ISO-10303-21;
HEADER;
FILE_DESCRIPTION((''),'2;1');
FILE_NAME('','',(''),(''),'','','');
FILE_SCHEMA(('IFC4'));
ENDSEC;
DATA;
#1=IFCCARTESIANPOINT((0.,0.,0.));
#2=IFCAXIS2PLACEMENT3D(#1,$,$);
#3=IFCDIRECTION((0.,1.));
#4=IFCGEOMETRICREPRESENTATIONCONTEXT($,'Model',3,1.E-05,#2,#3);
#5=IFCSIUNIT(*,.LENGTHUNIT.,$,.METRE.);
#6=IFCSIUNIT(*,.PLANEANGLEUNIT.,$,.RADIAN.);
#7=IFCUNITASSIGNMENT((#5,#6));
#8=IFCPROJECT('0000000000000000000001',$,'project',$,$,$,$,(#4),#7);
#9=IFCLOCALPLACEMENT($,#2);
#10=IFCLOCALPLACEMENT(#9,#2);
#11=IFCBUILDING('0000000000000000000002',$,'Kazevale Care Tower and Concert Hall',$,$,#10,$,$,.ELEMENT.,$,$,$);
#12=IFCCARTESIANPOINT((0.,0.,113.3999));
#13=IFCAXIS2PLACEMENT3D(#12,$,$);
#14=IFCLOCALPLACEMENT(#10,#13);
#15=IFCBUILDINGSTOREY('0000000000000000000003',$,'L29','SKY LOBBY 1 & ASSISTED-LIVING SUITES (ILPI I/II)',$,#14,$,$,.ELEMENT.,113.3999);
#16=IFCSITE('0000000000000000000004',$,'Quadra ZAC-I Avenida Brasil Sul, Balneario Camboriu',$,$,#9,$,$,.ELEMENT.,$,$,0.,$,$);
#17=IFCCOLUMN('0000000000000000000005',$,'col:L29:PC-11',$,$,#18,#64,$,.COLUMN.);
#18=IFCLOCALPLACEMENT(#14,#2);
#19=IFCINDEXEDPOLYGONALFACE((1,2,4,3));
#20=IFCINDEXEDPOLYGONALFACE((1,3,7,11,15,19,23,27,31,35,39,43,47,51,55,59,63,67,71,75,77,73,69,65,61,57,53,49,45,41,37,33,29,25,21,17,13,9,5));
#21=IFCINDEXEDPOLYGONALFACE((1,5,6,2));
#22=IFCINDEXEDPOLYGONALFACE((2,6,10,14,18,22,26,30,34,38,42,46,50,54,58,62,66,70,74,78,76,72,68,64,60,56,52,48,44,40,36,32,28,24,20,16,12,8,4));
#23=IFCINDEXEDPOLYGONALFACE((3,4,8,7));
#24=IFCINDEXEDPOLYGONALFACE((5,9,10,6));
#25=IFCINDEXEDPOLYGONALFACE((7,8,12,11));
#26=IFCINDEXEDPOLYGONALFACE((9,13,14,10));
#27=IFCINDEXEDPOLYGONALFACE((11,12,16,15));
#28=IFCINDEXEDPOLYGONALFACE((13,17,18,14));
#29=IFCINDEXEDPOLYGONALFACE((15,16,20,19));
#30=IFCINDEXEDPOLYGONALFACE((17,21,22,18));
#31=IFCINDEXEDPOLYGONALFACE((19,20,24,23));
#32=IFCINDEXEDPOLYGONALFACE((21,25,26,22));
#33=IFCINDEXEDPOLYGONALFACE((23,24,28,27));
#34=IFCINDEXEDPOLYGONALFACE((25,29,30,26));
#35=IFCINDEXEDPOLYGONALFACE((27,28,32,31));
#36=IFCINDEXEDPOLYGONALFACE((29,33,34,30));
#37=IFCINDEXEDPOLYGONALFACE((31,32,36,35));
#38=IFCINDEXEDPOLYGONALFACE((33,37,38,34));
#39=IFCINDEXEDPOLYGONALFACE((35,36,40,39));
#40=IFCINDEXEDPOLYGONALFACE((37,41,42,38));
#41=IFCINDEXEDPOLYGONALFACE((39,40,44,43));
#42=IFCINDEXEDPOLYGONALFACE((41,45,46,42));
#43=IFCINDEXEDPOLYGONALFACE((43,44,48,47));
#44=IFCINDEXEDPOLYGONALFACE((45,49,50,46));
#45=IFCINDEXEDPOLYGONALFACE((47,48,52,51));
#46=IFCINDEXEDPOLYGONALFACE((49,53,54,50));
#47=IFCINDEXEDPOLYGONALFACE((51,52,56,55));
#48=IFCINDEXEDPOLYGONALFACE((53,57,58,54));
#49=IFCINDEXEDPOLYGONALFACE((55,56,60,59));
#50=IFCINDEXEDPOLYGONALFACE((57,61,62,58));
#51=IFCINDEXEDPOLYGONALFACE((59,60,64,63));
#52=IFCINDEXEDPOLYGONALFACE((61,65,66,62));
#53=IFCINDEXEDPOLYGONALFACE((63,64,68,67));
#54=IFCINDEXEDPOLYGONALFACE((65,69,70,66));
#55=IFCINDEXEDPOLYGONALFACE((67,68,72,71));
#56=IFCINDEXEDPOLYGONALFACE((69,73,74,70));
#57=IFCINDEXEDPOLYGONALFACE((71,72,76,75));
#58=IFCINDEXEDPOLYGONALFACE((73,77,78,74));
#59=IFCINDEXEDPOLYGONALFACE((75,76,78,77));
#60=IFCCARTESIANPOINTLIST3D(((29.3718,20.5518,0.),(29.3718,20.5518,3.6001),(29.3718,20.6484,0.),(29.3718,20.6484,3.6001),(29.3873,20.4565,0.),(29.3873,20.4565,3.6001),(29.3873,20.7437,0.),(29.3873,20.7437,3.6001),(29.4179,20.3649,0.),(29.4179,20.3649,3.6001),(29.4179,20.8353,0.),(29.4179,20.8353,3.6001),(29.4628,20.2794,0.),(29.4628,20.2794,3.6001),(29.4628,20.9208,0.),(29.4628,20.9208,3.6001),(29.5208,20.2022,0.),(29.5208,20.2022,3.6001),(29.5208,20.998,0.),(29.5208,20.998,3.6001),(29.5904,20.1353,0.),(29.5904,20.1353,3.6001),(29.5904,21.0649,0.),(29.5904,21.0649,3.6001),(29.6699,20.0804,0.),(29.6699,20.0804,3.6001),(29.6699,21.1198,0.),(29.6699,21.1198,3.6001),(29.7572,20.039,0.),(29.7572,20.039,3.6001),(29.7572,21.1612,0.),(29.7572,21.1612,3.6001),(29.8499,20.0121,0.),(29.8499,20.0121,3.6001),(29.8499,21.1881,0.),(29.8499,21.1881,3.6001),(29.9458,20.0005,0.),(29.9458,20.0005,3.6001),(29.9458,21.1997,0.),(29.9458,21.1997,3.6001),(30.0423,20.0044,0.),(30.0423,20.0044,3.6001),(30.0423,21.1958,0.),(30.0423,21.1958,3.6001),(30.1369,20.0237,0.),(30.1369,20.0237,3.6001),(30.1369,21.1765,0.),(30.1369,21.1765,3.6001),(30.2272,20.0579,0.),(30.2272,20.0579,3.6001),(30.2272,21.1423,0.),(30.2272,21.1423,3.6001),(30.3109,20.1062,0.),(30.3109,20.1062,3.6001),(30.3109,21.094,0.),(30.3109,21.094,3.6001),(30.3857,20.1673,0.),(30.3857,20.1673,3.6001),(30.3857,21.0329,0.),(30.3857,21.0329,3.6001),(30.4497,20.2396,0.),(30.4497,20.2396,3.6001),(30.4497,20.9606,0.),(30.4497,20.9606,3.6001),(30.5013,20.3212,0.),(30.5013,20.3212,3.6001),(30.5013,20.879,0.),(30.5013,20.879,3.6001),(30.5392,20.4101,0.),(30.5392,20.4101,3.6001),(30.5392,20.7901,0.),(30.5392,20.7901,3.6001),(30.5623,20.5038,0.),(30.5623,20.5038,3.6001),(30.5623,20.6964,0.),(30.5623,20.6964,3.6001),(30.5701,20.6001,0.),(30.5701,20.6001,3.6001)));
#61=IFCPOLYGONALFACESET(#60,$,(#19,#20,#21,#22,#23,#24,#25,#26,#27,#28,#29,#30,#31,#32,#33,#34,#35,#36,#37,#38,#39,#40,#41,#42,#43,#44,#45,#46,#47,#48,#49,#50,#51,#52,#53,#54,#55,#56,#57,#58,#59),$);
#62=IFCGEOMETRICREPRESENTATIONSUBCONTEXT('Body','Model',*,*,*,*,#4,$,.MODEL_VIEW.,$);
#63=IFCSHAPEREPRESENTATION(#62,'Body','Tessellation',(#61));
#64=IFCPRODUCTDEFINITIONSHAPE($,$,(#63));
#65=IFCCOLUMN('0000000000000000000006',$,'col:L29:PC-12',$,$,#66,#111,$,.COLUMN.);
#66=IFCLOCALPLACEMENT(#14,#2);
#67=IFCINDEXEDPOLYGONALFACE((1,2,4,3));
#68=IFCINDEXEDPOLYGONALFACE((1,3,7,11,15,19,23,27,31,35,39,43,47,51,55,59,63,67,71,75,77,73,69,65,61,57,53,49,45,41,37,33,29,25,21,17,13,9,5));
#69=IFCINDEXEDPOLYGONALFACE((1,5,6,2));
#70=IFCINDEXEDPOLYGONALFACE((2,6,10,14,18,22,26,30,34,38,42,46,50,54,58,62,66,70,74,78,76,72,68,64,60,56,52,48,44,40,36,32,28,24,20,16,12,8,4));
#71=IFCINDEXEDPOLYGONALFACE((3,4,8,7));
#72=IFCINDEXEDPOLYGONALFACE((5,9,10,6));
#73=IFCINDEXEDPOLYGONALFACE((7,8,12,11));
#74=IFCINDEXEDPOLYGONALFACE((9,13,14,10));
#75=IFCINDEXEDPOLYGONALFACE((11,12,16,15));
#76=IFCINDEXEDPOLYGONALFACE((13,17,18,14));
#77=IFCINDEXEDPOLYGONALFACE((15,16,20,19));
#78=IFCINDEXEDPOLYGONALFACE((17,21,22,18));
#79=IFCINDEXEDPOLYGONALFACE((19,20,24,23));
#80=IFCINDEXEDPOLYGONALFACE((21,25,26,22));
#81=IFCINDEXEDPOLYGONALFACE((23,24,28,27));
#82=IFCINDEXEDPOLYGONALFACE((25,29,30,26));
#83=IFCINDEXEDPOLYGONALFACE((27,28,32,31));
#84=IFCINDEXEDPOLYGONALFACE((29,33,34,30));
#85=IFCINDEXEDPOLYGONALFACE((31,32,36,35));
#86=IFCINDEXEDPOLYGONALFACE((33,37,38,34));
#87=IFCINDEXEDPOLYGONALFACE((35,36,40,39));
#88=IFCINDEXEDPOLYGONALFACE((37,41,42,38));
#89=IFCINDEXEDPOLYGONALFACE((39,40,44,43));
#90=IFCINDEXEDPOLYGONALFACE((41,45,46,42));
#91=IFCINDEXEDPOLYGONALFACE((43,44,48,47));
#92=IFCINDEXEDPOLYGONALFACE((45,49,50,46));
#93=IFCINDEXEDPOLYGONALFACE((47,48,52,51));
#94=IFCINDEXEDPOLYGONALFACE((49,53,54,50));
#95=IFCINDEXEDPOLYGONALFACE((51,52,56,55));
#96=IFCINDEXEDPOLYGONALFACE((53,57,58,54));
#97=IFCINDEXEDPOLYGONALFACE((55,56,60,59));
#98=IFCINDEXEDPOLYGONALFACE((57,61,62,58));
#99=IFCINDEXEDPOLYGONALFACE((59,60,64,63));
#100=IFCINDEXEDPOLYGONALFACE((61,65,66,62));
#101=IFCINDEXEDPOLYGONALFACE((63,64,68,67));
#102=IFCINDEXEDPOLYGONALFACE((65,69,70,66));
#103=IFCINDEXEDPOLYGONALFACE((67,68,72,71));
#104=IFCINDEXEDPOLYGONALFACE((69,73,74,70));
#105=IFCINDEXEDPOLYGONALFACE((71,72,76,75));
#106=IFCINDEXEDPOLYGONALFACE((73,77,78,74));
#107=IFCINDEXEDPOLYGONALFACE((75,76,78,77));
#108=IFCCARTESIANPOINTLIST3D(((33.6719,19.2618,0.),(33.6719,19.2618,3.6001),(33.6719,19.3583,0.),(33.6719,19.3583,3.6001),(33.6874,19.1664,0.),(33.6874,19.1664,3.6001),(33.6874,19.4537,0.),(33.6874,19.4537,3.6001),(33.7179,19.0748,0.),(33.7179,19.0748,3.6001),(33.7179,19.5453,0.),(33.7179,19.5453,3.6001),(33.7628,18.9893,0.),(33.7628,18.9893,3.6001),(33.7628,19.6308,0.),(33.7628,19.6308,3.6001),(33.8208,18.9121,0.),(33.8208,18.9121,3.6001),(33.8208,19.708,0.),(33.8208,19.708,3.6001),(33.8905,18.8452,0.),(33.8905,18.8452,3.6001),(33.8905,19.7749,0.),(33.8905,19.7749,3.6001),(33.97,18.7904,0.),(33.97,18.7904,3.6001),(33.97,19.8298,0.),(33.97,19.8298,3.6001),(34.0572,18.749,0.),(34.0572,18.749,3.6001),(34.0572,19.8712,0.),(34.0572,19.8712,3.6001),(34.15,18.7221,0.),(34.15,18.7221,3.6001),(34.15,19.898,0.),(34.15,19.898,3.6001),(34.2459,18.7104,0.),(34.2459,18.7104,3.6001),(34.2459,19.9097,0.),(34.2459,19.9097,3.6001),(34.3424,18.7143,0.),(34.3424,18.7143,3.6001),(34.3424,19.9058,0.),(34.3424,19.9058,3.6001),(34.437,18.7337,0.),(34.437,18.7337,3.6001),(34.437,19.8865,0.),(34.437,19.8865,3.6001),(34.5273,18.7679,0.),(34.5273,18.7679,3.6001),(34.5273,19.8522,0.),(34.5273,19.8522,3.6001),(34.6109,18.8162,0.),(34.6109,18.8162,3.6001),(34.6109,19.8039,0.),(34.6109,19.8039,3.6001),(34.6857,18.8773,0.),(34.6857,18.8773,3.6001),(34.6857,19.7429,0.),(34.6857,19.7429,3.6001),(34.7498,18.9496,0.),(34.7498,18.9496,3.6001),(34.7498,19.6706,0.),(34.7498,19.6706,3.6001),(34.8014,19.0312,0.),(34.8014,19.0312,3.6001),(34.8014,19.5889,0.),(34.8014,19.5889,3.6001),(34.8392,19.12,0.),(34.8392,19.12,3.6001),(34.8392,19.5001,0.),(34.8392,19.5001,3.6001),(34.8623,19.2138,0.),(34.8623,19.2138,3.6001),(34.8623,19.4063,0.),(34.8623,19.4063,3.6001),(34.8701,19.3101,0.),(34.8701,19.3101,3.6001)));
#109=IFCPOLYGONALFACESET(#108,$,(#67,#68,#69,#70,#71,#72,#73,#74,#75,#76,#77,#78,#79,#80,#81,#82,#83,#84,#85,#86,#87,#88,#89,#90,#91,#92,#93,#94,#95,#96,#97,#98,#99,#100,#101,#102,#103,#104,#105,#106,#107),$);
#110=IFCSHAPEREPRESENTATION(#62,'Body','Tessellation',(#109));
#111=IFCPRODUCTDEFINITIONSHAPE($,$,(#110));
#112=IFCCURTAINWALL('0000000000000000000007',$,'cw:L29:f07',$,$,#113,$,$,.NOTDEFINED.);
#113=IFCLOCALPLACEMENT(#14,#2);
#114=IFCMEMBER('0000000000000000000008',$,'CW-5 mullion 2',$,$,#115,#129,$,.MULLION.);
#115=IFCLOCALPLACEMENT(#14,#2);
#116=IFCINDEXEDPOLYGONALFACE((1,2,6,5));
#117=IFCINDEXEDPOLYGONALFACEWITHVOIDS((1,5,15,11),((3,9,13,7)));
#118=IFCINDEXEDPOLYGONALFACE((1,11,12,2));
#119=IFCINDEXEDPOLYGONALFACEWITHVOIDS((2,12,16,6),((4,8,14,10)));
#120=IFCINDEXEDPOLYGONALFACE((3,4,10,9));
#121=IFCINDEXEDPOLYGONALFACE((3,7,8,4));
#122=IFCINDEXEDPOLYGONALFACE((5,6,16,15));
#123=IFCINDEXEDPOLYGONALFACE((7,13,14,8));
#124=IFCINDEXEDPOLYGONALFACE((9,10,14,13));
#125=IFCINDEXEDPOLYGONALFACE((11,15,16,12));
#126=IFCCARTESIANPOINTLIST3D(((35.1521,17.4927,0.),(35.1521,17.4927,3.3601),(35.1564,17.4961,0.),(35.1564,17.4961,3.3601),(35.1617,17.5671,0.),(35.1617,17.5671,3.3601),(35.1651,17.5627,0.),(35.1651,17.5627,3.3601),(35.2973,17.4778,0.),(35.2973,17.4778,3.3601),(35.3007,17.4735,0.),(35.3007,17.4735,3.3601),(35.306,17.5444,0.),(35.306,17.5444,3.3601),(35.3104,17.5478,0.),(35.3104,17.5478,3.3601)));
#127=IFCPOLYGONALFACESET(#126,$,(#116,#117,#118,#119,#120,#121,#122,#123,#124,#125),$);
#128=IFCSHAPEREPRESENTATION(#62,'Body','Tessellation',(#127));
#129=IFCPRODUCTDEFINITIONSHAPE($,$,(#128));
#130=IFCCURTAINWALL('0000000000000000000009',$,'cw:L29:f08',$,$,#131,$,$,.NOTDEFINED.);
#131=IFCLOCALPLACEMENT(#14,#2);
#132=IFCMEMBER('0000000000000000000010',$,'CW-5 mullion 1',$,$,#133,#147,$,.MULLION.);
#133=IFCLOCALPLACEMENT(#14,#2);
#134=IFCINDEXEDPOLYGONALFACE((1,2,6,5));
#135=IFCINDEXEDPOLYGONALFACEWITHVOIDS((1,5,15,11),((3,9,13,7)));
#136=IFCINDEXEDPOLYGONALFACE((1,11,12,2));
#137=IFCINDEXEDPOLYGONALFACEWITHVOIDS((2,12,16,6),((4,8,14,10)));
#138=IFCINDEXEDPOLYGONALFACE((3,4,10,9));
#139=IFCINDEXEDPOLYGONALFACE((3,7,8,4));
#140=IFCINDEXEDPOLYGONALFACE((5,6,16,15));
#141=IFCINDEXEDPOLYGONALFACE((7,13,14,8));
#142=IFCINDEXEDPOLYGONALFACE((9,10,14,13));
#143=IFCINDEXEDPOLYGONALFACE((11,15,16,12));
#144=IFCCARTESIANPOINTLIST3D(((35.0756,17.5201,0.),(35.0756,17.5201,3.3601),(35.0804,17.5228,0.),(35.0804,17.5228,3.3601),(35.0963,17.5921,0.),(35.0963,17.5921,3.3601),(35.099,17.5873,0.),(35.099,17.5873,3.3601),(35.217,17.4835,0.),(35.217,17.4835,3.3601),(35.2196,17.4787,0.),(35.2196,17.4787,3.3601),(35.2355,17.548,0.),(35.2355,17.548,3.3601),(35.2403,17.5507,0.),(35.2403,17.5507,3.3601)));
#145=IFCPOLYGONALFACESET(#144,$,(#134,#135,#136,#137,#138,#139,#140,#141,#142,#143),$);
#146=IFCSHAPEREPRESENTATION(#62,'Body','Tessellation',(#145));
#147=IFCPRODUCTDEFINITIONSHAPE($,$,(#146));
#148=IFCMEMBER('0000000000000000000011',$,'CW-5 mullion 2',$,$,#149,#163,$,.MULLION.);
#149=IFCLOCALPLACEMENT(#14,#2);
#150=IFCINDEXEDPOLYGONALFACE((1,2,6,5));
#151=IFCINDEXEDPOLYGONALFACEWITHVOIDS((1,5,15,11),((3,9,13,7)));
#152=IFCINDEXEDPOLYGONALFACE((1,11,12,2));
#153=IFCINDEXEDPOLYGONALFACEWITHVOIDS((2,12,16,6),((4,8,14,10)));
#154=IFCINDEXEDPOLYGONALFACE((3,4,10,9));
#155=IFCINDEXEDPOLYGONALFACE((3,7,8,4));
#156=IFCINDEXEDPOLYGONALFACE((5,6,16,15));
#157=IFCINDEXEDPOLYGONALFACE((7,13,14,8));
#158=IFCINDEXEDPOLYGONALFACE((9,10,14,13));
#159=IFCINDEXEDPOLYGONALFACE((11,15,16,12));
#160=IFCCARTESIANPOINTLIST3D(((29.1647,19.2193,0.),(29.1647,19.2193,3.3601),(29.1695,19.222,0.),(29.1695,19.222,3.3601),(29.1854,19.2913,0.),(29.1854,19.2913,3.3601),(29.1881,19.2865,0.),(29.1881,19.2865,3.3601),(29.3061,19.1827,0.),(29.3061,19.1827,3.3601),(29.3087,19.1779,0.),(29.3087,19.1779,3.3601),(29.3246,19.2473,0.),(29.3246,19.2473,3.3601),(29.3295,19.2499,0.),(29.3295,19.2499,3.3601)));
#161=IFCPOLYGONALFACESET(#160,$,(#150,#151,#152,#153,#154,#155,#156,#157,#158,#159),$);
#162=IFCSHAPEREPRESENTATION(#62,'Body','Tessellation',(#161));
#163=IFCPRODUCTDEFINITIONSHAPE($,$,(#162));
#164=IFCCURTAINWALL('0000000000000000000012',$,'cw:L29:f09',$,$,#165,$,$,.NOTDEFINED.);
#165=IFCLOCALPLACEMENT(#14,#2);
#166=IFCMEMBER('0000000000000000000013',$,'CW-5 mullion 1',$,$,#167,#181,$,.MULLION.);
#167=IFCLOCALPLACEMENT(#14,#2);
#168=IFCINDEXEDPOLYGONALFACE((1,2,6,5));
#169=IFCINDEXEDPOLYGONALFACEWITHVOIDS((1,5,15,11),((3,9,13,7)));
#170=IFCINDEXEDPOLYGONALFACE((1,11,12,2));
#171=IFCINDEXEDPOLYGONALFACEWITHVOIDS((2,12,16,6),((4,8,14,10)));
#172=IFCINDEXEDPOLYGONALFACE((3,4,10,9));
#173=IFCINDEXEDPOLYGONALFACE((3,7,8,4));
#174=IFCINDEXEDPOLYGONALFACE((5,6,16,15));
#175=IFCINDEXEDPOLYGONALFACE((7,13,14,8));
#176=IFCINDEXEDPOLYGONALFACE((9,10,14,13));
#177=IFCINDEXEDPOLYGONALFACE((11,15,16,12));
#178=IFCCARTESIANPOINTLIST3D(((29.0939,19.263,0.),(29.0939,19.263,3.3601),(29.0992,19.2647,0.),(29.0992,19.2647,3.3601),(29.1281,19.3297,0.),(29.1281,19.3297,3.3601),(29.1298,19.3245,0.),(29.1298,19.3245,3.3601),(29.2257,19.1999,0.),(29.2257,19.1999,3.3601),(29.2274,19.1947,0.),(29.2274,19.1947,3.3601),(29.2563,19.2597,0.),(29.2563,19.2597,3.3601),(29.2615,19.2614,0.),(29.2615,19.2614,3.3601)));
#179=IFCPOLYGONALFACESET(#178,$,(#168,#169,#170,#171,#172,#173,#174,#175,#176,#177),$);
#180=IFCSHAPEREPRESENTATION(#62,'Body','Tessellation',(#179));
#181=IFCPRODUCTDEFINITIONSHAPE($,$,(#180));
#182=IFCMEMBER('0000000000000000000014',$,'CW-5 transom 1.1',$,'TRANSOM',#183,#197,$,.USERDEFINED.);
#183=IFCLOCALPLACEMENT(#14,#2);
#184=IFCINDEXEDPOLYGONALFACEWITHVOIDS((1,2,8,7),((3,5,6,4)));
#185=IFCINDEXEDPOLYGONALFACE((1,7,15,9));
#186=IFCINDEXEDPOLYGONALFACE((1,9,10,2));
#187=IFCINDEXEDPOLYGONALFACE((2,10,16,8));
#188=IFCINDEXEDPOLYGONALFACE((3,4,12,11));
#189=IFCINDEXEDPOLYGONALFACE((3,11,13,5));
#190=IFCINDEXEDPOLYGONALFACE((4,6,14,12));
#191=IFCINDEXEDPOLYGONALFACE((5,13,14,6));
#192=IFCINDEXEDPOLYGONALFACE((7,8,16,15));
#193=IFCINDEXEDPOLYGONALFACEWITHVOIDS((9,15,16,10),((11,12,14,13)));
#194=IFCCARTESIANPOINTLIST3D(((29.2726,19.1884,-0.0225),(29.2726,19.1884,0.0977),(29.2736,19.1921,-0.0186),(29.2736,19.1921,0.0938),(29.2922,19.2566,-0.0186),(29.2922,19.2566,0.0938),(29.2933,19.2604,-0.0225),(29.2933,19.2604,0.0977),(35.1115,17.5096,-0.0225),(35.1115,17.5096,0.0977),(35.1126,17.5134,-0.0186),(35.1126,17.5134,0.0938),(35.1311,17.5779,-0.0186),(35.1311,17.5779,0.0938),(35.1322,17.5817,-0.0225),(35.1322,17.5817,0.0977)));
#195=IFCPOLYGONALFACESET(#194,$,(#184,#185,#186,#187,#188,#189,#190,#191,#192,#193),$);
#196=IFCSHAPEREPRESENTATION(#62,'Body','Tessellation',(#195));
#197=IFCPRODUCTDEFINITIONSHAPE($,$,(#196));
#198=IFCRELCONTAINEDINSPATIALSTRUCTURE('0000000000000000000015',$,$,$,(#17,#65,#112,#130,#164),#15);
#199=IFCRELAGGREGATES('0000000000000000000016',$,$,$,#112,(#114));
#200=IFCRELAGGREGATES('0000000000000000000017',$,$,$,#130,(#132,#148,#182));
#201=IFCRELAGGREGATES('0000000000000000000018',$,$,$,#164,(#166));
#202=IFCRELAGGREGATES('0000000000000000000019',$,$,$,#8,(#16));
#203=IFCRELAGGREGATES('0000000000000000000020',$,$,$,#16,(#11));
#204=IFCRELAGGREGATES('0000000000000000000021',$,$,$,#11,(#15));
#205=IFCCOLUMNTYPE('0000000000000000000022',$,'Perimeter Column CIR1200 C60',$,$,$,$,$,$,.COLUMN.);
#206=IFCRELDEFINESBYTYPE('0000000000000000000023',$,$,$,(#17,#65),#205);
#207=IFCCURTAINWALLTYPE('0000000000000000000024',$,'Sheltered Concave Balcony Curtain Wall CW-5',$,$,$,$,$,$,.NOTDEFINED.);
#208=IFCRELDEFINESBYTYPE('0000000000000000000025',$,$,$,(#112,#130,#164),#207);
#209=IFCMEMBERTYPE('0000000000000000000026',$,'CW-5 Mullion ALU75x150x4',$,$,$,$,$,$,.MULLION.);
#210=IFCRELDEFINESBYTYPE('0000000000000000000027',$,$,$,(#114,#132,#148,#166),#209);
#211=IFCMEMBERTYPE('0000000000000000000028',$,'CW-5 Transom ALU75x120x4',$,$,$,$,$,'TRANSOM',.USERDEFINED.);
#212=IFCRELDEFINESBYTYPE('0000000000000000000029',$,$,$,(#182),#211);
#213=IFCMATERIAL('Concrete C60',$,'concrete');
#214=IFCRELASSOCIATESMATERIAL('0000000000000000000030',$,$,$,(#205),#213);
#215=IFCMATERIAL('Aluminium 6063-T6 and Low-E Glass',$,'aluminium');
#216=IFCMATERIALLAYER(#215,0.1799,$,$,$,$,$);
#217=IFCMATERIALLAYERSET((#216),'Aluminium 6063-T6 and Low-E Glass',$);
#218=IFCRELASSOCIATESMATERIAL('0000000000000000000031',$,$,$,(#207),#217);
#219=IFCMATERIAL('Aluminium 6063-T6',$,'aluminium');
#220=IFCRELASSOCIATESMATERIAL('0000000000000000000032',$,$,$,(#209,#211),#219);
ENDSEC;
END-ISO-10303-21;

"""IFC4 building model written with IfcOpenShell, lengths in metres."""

from ifc_helpers import new_model, si_unit, direction, frame, origin, origin_2d, place, context, subcontext, project, spatial, hollow_rectangle, circle, extrude, material, layer, layer_set, material_profile, profile_set, type_object, element, aggregate, save


model = new_model("IFC4")

# Units and contexts
model_context = context("Model", 3, precision=1e-05, world=origin(), true_north=direction((0.0, 1.0)))
body_context = subcontext(model_context, "Body", "Model", "MODEL_VIEW")
ifc_project = project(units=[si_unit("LENGTHUNIT", "METRE"), si_unit("PLANEANGLEUNIT", "RADIAN")], contexts=[model_context])

# Site, building, storey
site_placement = place(None, origin())
site = spatial("IfcSite", under=ifc_project, at=site_placement, Name="Quadra ZAC-I Avenida Brasil Sul, Balneario Camboriu", CompositionType="ELEMENT", RefElevation=0.0)
building_placement = place(site_placement, origin())
building = spatial("IfcBuilding", under=site, at=building_placement, Name="Kazevale Care Tower and Concert Hall", CompositionType="ELEMENT")
storey_placement = place(building_placement, frame((0.0, 0.0, 113.3999)))
storey = spatial("IfcBuildingStorey", under=building, at=storey_placement, Name="L29", Description="SKY LOBBY 1 & ASSISTED-LIVING SUITES (ILPI I/II)", CompositionType="ELEMENT", Elevation=113.3999)

# Columns
ifc_material_1 = material(Name="Concrete C60", Category="concrete")
ifc_material_profile_1 = material_profile(ifc_material_1, circle(Radius=0.6001, at=origin_2d()), Name="RC-CIR1200")
ifc_profile_set_1 = profile_set([ifc_material_profile_1], Name="Concrete C60")
column_type = type_object("IfcColumnType", Name="Perimeter Column CIR1200 C60", PredefinedType="COLUMN", material=ifc_profile_set_1)
for number, where, z_axis, x_axis, name in (
    (1, (29.97, 20.6001, 0.0), (0.0, 0.0, 1.0), (1.0, 0.0, 0.0), "col:L29:PC-11"),
    (2, (34.27, 19.3101, 0.0), (0.0, 0.0, 1.0), (1.0, 0.0, 0.0), "col:L29:PC-12"),
):
    element("IfcColumn", number, at=place(storey_placement, frame(where, z_axis=z_axis, x_axis=x_axis)), inside=storey, type_object=column_type, Name=name, PredefinedType="COLUMN", context=body_context, shape_type="SweptSolid", body=[
        extrude(circle(Radius=0.6001, at=origin_2d()), origin(), (0.0, 0.0, 1.0), 3.6001),
    ])

# Curtain wall, member
ifc_material_2 = material(Name="Aluminium 6063-T6 and Low-E Glass", Category="aluminium")
ifc_layer_1 = layer(ifc_material_2, 0.1799)
ifc_layer_set_1 = layer_set([ifc_layer_1], Name="Aluminium 6063-T6 and Low-E Glass")
curtain_wall_type = type_object("IfcCurtainWallType", Name="Sheltered Concave Balcony Curtain Wall CW-5", PredefinedType="NOTDEFINED", material=ifc_layer_set_1)
curtain_wall_1_placement = place(storey_placement, origin())
curtain_wall_1 = element("IfcCurtainWall", 3, at=curtain_wall_1_placement, inside=storey, type_object=curtain_wall_type, Name="cw:L29:f07", PredefinedType="NOTDEFINED")
ifc_material_3 = material(Name="Aluminium 6063-T6", Category="aluminium")
ifc_material_profile_2 = material_profile(ifc_material_3, hollow_rectangle(XDim=0.075, YDim=0.1499, WallThickness=0.0039, at=origin_2d()), Name="ALU75x150x4")
ifc_profile_set_2 = profile_set([ifc_material_profile_2], Name="Aluminium 6063-T6")
member_type_1 = type_object("IfcMemberType", Name="CW-5 Mullion ALU75x150x4", PredefinedType="MULLION", material=ifc_profile_set_2)
member_1_placement = place(storey_placement, frame((35.2312, 17.5203, 0.0), z_axis=(0.0, 0.0, 1.0), x_axis=(-0.128685, -0.991686, 0.0)))
member_1 = element("IfcMember", 4, at=member_1_placement, type_object=member_type_1, Name="CW-5 mullion 2", PredefinedType="MULLION", context=body_context, shape_type="SweptSolid", body=[
    extrude(hollow_rectangle(XDim=0.075, YDim=0.1499, WallThickness=0.0039, at=origin_2d()), origin(), (0.0, 0.0, 1.0), 3.3601),
])
aggregate(curtain_wall_1, [member_1])

# Curtain wall, members
curtain_wall_2_placement = place(storey_placement, origin())
curtain_wall_2 = element("IfcCurtainWall", 5, at=curtain_wall_2_placement, inside=storey, type_object=curtain_wall_type, Name="cw:L29:f08", PredefinedType="NOTDEFINED")
member_2_placement = place(storey_placement, frame((35.158, 17.5354, 0.0), z_axis=(0.0, 0.0, 1.0), x_axis=(-0.276291, -0.961074, 0.0)))
member_2 = element("IfcMember", 6, at=member_2_placement, type_object=member_type_1, Name="CW-5 mullion 1", PredefinedType="MULLION", context=body_context, shape_type="SweptSolid", body=[
    extrude(hollow_rectangle(XDim=0.075, YDim=0.1499, WallThickness=0.0039, at=origin_2d()), origin(), (0.0, 0.0, 1.0), 3.3601),
])
member_3_placement = place(storey_placement, frame((29.2471, 19.2346, 0.0), z_axis=(0.0, 0.0, 1.0), x_axis=(-0.276291, -0.961074, 0.0)))
member_3 = element("IfcMember", 7, at=member_3_placement, type_object=member_type_1, Name="CW-5 mullion 2", PredefinedType="MULLION", context=body_context, shape_type="SweptSolid", body=[
    extrude(hollow_rectangle(XDim=0.075, YDim=0.1499, WallThickness=0.0039, at=origin_2d()), origin(), (0.0, 0.0, 1.0), 3.3601),
])

# Curtain wall, member
curtain_wall_3_placement = place(storey_placement, origin())
curtain_wall_3 = element("IfcCurtainWall", 8, at=curtain_wall_3_placement, inside=storey, type_object=curtain_wall_type, Name="cw:L29:f09", PredefinedType="NOTDEFINED")
member_4_placement = place(storey_placement, frame((29.1777, 19.2622, 0.0), z_axis=(0.0, 0.0, 1.0), x_axis=(-0.455713, -0.890127, 0.0)))
member_4 = element("IfcMember", 9, at=member_4_placement, type_object=member_type_1, Name="CW-5 mullion 1", PredefinedType="MULLION", context=body_context, shape_type="SweptSolid", body=[
    extrude(hollow_rectangle(XDim=0.075, YDim=0.1499, WallThickness=0.0039, at=origin_2d()), origin(), (0.0, 0.0, 1.0), 3.3601),
])

# Member
ifc_material_profile_3 = material_profile(ifc_material_3, hollow_rectangle(XDim=0.075, YDim=0.1201, WallThickness=0.0039, at=origin_2d()), Name="ALU75x120x4")
ifc_profile_set_3 = profile_set([ifc_material_profile_3], Name="Aluminium 6063-T6")
member_type_2 = type_object("IfcMemberType", Name="CW-5 Transom ALU75x120x4", ElementType="TRANSOM", PredefinedType="USERDEFINED", material=ifc_profile_set_3)
member_5_placement = place(storey_placement, frame((35.1218, 17.5457, 0.0376), z_axis=(-0.961068, 0.276313, 0.0), x_axis=(-0.276313, -0.961068, 0.0)))
member_5 = element("IfcMember", 10, at=member_5_placement, type_object=member_type_2, Name="CW-5 transom 1.1", ObjectType="TRANSOM", PredefinedType="USERDEFINED", context=body_context, shape_type="SweptSolid", body=[
    extrude(hollow_rectangle(XDim=0.075, YDim=0.1201, WallThickness=0.0039, at=origin_2d()), origin(), (0.0, 0.0, 1.0), 6.0754),
])

aggregate(curtain_wall_2, [member_2, member_3, member_5])
aggregate(curtain_wall_3, [member_4])

save(model, "model.ifc")
